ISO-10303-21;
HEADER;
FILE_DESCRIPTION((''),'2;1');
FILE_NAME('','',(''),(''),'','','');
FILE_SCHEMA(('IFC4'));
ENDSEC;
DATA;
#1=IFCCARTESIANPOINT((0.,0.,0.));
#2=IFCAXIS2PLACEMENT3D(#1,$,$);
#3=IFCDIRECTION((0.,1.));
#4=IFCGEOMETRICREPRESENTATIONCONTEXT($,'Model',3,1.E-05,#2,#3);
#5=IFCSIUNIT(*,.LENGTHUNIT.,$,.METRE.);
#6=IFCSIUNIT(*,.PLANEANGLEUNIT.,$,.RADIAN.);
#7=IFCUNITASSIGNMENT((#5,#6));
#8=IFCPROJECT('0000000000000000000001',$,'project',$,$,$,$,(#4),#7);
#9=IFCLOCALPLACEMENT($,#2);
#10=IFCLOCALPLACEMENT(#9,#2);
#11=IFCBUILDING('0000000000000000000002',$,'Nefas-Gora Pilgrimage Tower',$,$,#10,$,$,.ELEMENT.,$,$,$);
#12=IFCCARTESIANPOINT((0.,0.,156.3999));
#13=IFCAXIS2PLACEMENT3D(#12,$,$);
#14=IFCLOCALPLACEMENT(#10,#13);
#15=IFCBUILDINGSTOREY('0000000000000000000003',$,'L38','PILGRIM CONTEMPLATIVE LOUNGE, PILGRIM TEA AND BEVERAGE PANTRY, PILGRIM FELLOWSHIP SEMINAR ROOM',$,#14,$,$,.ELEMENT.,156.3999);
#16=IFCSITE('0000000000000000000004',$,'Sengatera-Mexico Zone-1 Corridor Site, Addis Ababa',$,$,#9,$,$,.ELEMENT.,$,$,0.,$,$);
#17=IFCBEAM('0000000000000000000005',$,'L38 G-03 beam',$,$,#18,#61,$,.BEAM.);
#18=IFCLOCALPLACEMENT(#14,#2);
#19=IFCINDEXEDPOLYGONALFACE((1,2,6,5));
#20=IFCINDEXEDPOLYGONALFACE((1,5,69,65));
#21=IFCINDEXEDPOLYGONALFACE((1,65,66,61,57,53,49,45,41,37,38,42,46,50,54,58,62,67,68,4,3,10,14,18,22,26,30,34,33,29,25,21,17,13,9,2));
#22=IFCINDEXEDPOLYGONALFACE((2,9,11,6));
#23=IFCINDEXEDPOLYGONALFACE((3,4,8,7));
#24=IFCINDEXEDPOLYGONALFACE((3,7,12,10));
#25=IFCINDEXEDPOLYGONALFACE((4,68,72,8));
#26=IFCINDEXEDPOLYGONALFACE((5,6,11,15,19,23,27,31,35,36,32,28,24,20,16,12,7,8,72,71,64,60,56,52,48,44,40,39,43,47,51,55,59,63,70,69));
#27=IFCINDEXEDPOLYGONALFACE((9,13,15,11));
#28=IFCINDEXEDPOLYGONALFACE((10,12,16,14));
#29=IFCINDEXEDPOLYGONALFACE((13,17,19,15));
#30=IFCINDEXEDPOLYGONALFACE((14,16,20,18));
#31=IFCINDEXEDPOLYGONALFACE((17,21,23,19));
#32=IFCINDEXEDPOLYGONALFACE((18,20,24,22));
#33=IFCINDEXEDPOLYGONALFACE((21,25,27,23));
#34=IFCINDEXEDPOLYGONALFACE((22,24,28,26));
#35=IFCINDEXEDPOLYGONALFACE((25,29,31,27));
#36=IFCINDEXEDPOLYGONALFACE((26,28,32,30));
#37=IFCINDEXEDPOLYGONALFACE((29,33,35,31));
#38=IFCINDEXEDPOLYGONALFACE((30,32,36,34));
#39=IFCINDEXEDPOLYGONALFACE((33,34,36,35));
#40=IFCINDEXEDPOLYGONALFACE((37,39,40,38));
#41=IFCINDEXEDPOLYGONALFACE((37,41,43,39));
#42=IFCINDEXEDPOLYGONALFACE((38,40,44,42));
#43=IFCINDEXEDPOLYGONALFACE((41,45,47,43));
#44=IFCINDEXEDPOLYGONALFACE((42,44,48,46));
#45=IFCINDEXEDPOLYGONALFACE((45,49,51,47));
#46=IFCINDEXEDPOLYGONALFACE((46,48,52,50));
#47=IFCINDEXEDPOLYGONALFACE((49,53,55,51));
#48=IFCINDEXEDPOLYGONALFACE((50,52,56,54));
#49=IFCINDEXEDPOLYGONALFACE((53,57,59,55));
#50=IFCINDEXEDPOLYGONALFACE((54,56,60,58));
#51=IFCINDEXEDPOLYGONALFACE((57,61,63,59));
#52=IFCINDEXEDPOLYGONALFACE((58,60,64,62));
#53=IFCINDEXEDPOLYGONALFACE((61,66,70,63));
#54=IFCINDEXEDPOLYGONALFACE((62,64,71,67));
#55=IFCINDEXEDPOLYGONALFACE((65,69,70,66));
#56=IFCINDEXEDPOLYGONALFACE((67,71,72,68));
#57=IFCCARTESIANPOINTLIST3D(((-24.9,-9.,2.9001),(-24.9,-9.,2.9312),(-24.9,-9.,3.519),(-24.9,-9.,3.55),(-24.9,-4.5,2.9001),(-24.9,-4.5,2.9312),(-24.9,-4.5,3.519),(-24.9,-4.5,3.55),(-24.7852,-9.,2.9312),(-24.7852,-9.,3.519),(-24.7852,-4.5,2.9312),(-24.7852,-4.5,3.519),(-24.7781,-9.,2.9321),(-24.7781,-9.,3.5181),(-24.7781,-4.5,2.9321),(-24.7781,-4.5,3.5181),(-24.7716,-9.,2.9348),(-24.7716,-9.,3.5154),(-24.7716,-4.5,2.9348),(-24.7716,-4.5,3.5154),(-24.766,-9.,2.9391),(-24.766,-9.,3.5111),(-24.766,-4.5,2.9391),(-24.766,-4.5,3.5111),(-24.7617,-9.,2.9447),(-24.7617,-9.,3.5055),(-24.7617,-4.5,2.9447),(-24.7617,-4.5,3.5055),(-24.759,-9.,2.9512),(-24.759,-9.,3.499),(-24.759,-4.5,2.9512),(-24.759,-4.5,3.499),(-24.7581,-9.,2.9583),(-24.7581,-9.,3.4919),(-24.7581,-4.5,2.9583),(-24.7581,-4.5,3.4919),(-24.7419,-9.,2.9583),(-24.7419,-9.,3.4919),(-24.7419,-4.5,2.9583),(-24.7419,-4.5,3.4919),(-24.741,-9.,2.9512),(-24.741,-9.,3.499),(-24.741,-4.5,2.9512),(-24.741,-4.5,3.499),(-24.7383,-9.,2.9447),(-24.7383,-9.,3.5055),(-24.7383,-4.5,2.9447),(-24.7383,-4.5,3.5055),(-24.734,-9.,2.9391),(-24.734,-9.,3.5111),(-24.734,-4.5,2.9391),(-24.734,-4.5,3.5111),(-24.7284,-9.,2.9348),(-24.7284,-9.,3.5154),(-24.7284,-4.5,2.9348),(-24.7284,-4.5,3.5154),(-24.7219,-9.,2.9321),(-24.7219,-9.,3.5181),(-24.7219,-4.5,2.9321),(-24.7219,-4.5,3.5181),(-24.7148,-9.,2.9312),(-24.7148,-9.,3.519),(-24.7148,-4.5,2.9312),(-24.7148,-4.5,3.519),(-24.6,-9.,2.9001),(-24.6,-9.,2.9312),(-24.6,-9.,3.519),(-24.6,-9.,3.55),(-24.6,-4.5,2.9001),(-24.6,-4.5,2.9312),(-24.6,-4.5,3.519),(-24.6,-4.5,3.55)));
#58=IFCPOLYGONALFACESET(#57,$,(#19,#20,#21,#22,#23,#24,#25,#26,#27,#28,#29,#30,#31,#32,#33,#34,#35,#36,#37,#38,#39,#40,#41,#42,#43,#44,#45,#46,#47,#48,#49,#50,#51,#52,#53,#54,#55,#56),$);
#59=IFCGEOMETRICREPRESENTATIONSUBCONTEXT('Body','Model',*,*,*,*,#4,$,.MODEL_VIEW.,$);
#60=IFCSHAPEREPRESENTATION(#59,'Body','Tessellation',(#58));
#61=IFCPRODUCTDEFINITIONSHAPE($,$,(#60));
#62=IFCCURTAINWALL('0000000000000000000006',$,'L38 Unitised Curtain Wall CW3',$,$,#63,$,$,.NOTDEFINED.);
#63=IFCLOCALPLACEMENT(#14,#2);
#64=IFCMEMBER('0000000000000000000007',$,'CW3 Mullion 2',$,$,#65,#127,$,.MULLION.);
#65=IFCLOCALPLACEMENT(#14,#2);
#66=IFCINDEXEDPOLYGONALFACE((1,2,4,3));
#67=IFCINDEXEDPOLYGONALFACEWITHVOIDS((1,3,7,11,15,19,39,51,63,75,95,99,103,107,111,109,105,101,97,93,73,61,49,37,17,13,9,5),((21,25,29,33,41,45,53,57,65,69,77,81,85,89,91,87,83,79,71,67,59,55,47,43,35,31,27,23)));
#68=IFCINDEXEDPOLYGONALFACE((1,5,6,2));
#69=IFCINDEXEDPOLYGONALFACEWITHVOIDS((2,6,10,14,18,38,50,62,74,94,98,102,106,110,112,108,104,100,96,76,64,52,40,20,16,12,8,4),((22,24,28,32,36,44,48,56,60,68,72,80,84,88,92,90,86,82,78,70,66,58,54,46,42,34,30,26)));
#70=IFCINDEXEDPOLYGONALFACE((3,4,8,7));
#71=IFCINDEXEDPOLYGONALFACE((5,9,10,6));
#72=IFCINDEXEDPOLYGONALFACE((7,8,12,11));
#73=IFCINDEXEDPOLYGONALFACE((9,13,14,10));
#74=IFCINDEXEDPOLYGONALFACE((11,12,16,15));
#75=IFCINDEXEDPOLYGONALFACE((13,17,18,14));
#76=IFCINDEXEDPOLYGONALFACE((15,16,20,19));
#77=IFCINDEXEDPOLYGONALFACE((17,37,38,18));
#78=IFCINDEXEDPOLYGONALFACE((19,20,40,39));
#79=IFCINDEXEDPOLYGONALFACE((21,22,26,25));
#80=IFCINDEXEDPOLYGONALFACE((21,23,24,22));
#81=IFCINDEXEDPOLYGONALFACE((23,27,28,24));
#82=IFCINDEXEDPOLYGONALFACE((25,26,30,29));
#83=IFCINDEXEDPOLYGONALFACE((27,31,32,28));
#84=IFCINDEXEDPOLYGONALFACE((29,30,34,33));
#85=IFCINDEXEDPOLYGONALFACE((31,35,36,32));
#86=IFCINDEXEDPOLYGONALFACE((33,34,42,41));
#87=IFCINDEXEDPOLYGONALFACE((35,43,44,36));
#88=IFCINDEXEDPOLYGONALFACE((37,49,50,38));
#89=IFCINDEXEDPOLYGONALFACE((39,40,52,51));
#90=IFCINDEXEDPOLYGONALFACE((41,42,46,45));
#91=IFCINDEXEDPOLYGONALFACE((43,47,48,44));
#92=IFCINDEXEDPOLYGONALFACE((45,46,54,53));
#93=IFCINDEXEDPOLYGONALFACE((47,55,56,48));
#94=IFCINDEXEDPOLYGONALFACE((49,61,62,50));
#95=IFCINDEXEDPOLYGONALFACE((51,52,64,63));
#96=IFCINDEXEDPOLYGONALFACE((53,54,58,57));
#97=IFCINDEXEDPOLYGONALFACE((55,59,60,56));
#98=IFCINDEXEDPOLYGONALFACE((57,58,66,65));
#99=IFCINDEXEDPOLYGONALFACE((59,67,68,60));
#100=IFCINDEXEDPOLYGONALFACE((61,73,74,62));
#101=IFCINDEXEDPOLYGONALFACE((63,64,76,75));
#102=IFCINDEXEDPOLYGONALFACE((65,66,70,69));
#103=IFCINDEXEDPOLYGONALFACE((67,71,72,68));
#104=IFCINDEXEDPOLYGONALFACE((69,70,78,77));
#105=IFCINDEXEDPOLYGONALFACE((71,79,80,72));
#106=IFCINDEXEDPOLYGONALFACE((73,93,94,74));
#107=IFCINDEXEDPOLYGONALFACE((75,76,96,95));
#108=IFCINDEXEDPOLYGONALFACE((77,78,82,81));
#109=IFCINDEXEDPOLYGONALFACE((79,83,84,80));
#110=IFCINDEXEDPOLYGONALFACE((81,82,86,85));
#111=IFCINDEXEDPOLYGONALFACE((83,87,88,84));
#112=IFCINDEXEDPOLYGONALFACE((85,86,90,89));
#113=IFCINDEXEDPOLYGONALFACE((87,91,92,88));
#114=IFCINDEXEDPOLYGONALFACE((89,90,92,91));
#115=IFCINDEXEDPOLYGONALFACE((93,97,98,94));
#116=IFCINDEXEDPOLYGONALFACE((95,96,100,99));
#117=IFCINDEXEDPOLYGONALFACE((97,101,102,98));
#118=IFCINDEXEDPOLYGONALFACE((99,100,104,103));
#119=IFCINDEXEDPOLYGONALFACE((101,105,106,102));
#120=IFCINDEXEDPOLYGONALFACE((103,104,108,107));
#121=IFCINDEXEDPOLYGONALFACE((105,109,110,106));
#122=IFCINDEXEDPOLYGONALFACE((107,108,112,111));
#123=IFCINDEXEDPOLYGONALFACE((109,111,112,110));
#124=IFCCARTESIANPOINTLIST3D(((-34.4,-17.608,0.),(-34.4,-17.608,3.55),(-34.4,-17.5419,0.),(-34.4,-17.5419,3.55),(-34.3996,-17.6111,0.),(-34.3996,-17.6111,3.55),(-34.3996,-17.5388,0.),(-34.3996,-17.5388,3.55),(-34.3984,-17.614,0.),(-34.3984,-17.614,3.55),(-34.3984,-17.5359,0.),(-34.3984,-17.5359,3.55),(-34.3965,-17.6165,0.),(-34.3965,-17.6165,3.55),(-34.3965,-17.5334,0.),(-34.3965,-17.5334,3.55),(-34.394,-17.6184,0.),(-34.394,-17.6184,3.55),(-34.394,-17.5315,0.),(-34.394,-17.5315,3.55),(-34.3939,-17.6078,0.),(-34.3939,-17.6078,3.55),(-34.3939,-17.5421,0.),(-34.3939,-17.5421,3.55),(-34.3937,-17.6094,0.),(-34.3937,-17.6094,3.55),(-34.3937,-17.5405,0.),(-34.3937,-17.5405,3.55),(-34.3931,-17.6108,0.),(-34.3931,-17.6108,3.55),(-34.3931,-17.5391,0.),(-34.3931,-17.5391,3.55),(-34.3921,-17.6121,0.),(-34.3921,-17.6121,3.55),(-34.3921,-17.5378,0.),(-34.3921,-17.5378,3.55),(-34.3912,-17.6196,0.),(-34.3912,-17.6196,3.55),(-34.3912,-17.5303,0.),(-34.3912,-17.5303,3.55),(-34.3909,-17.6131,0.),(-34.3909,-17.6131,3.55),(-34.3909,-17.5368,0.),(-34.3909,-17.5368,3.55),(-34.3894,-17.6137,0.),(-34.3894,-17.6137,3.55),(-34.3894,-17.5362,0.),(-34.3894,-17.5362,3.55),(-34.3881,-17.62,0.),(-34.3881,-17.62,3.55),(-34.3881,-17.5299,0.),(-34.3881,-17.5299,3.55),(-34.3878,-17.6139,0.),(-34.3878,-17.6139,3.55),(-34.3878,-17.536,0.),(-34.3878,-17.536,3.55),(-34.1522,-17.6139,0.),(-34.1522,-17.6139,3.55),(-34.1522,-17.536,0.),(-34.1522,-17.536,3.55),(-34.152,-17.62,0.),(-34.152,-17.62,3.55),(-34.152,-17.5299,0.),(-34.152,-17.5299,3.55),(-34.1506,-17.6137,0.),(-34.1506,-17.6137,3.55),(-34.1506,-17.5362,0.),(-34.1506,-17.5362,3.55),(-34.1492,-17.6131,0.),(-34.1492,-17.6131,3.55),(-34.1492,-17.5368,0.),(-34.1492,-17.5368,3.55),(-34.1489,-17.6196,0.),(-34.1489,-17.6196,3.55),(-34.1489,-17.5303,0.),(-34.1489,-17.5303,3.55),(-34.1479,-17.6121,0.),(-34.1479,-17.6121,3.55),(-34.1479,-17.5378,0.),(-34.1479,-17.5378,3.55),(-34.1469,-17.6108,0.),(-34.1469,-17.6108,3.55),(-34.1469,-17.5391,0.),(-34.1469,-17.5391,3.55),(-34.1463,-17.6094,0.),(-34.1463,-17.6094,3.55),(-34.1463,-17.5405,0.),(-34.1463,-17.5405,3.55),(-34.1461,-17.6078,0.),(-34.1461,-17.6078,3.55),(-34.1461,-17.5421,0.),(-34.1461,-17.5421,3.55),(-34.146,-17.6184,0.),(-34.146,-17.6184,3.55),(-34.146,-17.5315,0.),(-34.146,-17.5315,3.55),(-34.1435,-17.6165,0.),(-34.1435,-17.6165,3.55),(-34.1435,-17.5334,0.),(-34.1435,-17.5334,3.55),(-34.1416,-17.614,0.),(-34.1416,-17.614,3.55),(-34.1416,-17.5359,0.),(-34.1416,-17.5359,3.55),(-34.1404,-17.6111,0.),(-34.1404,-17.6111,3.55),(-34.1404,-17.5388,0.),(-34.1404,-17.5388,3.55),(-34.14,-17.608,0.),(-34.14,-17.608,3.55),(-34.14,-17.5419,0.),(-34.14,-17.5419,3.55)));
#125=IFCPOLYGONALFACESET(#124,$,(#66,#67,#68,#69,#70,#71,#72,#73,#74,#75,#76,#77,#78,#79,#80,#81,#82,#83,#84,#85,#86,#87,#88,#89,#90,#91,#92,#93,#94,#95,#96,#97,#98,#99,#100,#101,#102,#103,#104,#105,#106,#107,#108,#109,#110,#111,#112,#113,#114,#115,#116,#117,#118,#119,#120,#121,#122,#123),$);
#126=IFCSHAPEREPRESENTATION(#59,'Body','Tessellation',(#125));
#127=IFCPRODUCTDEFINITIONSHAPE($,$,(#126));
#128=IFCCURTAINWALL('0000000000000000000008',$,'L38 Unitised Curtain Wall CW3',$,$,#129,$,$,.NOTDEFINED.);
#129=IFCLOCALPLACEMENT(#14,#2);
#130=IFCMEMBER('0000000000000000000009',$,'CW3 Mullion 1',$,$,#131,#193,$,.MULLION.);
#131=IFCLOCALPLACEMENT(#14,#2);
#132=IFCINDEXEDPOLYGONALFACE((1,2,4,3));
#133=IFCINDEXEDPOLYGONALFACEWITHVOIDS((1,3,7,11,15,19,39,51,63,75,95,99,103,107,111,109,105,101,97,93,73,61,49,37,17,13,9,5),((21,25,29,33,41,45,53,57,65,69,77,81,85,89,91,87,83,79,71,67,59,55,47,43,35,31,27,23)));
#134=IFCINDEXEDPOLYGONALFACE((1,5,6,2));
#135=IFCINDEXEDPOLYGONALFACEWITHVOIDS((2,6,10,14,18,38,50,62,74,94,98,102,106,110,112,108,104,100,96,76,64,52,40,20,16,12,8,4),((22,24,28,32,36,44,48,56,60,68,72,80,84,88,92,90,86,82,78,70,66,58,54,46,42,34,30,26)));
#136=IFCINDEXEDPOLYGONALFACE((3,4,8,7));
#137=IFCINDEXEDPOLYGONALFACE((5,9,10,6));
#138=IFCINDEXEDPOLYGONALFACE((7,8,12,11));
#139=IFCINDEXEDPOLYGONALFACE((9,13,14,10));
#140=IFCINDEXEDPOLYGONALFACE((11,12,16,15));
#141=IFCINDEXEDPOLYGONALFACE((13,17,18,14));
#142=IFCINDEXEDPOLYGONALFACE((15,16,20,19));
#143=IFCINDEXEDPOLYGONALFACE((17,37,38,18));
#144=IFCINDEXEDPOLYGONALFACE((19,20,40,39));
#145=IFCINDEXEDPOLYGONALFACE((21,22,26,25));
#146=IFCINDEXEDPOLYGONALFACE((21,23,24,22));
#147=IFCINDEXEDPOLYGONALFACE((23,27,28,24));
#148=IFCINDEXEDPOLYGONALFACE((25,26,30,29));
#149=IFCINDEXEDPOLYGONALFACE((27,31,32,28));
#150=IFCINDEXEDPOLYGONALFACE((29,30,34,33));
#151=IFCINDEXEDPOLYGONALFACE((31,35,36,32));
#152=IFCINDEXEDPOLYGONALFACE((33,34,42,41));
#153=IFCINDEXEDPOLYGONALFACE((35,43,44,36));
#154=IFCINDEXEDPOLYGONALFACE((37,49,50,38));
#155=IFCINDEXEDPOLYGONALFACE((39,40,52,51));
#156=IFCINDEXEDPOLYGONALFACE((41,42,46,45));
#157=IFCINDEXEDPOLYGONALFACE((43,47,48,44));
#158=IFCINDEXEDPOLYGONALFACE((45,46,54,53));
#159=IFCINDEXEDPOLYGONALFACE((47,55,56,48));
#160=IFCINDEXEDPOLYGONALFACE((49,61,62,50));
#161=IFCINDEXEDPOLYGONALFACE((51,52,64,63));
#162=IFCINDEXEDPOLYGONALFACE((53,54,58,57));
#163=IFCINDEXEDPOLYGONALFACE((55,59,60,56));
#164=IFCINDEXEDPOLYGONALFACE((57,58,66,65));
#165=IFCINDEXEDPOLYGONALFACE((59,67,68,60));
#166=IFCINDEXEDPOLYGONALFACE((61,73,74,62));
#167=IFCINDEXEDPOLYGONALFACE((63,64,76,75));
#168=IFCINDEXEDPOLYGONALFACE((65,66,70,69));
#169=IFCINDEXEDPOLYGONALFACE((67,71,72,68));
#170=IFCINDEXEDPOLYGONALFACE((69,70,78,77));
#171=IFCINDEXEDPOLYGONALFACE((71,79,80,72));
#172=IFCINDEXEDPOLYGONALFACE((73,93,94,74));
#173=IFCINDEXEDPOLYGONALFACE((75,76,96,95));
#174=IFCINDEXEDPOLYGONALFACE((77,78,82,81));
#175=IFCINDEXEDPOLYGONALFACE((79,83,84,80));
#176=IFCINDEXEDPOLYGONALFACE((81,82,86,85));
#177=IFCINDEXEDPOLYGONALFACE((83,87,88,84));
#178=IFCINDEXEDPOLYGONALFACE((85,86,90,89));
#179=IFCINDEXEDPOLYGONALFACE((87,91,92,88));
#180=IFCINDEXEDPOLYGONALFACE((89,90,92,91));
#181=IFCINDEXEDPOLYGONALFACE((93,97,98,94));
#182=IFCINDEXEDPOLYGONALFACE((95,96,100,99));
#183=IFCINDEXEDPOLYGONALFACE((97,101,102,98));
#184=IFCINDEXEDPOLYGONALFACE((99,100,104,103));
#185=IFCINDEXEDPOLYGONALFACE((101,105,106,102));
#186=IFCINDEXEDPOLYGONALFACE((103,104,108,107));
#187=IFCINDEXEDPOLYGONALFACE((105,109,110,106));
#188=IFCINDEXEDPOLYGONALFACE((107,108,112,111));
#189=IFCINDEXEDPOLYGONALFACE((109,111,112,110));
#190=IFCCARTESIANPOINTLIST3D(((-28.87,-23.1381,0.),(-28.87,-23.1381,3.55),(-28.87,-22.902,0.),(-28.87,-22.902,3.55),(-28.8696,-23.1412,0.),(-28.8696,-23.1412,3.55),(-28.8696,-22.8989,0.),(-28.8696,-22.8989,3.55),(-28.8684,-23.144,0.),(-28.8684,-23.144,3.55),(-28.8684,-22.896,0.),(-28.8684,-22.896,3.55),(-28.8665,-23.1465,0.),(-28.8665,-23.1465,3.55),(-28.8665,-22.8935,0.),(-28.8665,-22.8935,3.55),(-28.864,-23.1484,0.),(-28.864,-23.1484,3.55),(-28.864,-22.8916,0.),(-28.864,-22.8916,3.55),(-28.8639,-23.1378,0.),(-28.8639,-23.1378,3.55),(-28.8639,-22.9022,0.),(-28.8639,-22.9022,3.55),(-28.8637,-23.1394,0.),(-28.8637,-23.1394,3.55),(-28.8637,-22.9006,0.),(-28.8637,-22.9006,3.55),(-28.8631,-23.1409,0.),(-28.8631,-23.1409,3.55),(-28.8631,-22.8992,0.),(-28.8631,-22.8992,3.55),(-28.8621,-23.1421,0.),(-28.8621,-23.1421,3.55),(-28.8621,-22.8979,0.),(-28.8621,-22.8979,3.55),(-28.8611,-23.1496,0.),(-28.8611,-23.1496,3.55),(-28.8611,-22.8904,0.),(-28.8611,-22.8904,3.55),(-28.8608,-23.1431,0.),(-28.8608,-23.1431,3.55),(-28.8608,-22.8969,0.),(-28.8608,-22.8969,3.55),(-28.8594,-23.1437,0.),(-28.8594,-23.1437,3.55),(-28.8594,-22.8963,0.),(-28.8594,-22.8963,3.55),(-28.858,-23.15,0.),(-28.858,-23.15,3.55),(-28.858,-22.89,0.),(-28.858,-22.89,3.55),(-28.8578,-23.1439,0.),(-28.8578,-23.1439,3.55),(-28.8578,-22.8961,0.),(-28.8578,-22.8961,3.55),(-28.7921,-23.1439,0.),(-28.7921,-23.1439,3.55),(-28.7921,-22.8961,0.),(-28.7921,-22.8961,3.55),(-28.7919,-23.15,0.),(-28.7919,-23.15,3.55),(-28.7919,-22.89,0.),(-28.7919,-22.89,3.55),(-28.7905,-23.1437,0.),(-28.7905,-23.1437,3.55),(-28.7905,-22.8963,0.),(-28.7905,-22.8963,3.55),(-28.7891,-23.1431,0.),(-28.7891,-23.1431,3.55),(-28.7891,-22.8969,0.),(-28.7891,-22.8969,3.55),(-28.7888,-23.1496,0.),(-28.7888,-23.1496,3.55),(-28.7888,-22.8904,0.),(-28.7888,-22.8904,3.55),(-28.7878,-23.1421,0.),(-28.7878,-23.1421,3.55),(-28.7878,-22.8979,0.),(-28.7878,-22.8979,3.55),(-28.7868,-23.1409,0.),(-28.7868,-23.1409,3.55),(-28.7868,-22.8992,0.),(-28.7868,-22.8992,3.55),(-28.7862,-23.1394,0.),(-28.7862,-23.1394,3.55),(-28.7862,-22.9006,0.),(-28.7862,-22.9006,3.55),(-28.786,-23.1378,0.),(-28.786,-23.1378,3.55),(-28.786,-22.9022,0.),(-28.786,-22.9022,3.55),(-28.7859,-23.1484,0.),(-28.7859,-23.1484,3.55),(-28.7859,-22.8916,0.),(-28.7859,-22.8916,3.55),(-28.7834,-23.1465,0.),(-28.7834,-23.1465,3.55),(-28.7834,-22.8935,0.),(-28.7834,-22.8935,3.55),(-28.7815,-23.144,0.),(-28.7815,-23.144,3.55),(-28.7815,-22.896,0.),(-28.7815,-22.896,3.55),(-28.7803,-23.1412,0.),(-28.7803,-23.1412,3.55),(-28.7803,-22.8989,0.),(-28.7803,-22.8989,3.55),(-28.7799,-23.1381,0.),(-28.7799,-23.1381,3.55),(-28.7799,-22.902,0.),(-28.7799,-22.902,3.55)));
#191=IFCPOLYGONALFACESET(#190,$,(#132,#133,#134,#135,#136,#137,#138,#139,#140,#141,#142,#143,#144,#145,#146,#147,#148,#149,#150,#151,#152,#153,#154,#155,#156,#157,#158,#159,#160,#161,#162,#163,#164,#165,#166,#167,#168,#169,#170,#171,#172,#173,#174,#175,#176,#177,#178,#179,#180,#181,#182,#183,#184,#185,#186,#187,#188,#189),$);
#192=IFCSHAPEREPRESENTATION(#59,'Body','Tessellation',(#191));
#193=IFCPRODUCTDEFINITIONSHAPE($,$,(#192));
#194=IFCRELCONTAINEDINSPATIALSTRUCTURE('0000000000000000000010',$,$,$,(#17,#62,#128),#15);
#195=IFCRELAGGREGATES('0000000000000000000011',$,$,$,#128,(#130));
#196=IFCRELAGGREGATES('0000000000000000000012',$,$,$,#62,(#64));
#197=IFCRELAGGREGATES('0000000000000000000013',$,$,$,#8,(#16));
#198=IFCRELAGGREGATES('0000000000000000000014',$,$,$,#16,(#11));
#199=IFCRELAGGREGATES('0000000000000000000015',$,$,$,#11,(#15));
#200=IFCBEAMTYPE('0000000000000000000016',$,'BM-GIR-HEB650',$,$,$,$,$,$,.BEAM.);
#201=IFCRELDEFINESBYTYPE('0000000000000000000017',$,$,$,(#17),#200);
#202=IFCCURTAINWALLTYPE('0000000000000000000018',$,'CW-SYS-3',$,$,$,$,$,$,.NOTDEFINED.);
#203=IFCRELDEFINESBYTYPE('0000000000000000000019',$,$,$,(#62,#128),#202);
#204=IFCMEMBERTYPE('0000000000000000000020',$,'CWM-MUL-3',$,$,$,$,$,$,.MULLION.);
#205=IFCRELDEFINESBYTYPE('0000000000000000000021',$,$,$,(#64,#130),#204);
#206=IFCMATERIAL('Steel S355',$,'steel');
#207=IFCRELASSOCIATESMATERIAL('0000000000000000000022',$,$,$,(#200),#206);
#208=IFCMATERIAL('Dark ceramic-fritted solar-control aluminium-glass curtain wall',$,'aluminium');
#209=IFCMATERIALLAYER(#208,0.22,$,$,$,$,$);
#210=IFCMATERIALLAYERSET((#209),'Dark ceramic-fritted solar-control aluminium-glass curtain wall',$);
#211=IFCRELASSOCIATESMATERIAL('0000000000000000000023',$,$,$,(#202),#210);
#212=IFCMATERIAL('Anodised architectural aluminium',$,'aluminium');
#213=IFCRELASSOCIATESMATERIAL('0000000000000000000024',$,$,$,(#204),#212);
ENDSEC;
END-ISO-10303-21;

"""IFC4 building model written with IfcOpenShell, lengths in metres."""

from ifc_helpers import new_model, si_unit, direction, frame, origin, origin_2d, place, context, subcontext, project, spatial, hollow_rectangle, i_section, extrude, source, transform, mapped, material, layer, layer_set, material_profile, profile_set, type_object, element, aggregate, save


model = new_model("IFC4")

# Units and contexts
model_context = context("Model", 3, precision=1e-05, world=origin(), true_north=direction((0.0, 1.0)))
body_context = subcontext(model_context, "Body", "Model", "MODEL_VIEW")
ifc_project = project(units=[si_unit("LENGTHUNIT", "METRE"), si_unit("PLANEANGLEUNIT", "RADIAN")], contexts=[model_context])

# Site, building, storey
site_placement = place(None, origin())
site = spatial("IfcSite", under=ifc_project, at=site_placement, Name="Sengatera-Mexico Zone-1 Corridor Site, Addis Ababa", CompositionType="ELEMENT", RefElevation=0.0)
building_placement = place(site_placement, origin())
building = spatial("IfcBuilding", under=site, at=building_placement, Name="Nefas-Gora Pilgrimage Tower", CompositionType="ELEMENT")
storey_placement = place(building_placement, frame((0.0, 0.0, 156.3999)))
storey = spatial("IfcBuildingStorey", under=building, at=storey_placement, Name="L38", Description="PILGRIM CONTEMPLATIVE LOUNGE, PILGRIM TEA AND BEVERAGE PANTRY, PILGRIM FELLOWSHIP SEMINAR ROOM", CompositionType="ELEMENT", Elevation=156.3999)

# Beam
ifc_material_1 = material(Name="Steel S355", Category="steel")
ifc_material_profile_1 = material_profile(ifc_material_1, i_section(OverallWidth=0.3, OverallDepth=0.6499, WebThickness=0.0161, FlangeThickness=0.031, FilletRadius=0.0271, at=origin_2d()), Name="HEB 650")
ifc_profile_set_1 = profile_set([ifc_material_profile_1], Name="Steel S355")
beam_type_1 = type_object("IfcBeamType", Name="BM-GIR-HEB650", PredefinedType="BEAM", material=ifc_profile_set_1)
shared_shape_1 = source(origin(), body_context, "Body", "SweptSolid", [
    extrude(i_section(OverallWidth=0.3, OverallDepth=0.6499, WebThickness=0.0161, FlangeThickness=0.031, FilletRadius=0.0271, at=origin_2d()), origin(), (0.0, 0.0, 1.0), 4.5),
])
for number, where, z_axis, x_axis, name in (
    (1, (-24.75, -9.0, 3.2251), (0.0, 1.0, 0.0), (-1.0, 0.0, 0.0), "L38 G-03 beam"),
):
    element("IfcBeam", number, at=place(storey_placement, frame(where, z_axis=z_axis, x_axis=x_axis)), inside=storey, type_object=beam_type_1, Name=name, PredefinedType="BEAM", context=body_context, shape_type="MappedRepresentation", body=[
        mapped(shared_shape_1, transform((0.0, 0.0, 0.0), x_axis=(1.0, 0.0, 0.0), y_axis=(0.0, 1.0, 0.0), z_axis=(0.0, 0.0, 1.0), scale=1.0)),
    ])

# Curtain wall, member
ifc_material_2 = material(Name="Dark ceramic-fritted solar-control aluminium-glass curtain wall", Category="aluminium")
ifc_layer_1 = layer(ifc_material_2, 0.22)
ifc_layer_set_1 = layer_set([ifc_layer_1], Name="Dark ceramic-fritted solar-control aluminium-glass curtain wall")
curtain_wall_type = type_object("IfcCurtainWallType", Name="CW-SYS-3", PredefinedType="NOTDEFINED", material=ifc_layer_set_1)
curtain_wall_1_placement = place(storey_placement, origin())
curtain_wall_1 = element("IfcCurtainWall", 2, at=curtain_wall_1_placement, inside=storey, type_object=curtain_wall_type, Name="L38 Unitised Curtain Wall CW3", PredefinedType="NOTDEFINED")
ifc_material_3 = material(Name="Anodised architectural aluminium", Category="aluminium")
ifc_material_profile_2 = material_profile(ifc_material_3, hollow_rectangle(XDim=0.0901, YDim=0.26, WallThickness=0.0061, InnerFilletRadius=0.0061, OuterFilletRadius=0.012, at=origin_2d()), Name="ALU MULLION 90x260")
ifc_profile_set_2 = profile_set([ifc_material_profile_2], Name="Anodised architectural aluminium")
member_type_1 = type_object("IfcMemberType", Name="CWM-MUL-3", PredefinedType="MULLION", material=ifc_profile_set_2)
shared_shape_2 = source(origin(), body_context, "Body", "SweptSolid", [
    extrude(hollow_rectangle(XDim=0.0901, YDim=0.26, WallThickness=0.0061, InnerFilletRadius=0.0061, OuterFilletRadius=0.012, at=origin_2d()), origin(), (0.0, 0.0, 1.0), 3.55),
])
member_1_placement = place(storey_placement, frame((-34.27, -17.575, 0.0), z_axis=(0.0, 0.0, 1.0), x_axis=(0.0, -1.0, 0.0)))
member_1 = element("IfcMember", 3, at=member_1_placement, type_object=member_type_1, Name="CW3 Mullion 2", PredefinedType="MULLION", context=body_context, shape_type="MappedRepresentation", body=[
    mapped(shared_shape_2, transform((0.0, 0.0, 0.0), x_axis=(1.0, 0.0, 0.0), y_axis=(0.0, 1.0, 0.0), z_axis=(0.0, 0.0, 1.0), scale=1.0)),
])

# Curtain wall, member
curtain_wall_2_placement = place(storey_placement, origin())
curtain_wall_2 = element("IfcCurtainWall", 4, at=curtain_wall_2_placement, inside=storey, type_object=curtain_wall_type, Name="L38 Unitised Curtain Wall CW3", PredefinedType="NOTDEFINED")
member_2_placement = place(storey_placement, frame((-28.825, -23.02, 0.0), z_axis=(0.0, 0.0, 1.0), x_axis=(1.0, 0.0, 0.0)))
member_2 = element("IfcMember", 5, at=member_2_placement, type_object=member_type_1, Name="CW3 Mullion 1", PredefinedType="MULLION", context=body_context, shape_type="MappedRepresentation", body=[
    mapped(shared_shape_2, transform((0.0, 0.0, 0.0), x_axis=(1.0, 0.0, 0.0), y_axis=(0.0, 1.0, 0.0), z_axis=(0.0, 0.0, 1.0), scale=1.0)),
])
aggregate(curtain_wall_2, [member_2])

aggregate(curtain_wall_1, [member_1])

save(model, "model.ifc")
